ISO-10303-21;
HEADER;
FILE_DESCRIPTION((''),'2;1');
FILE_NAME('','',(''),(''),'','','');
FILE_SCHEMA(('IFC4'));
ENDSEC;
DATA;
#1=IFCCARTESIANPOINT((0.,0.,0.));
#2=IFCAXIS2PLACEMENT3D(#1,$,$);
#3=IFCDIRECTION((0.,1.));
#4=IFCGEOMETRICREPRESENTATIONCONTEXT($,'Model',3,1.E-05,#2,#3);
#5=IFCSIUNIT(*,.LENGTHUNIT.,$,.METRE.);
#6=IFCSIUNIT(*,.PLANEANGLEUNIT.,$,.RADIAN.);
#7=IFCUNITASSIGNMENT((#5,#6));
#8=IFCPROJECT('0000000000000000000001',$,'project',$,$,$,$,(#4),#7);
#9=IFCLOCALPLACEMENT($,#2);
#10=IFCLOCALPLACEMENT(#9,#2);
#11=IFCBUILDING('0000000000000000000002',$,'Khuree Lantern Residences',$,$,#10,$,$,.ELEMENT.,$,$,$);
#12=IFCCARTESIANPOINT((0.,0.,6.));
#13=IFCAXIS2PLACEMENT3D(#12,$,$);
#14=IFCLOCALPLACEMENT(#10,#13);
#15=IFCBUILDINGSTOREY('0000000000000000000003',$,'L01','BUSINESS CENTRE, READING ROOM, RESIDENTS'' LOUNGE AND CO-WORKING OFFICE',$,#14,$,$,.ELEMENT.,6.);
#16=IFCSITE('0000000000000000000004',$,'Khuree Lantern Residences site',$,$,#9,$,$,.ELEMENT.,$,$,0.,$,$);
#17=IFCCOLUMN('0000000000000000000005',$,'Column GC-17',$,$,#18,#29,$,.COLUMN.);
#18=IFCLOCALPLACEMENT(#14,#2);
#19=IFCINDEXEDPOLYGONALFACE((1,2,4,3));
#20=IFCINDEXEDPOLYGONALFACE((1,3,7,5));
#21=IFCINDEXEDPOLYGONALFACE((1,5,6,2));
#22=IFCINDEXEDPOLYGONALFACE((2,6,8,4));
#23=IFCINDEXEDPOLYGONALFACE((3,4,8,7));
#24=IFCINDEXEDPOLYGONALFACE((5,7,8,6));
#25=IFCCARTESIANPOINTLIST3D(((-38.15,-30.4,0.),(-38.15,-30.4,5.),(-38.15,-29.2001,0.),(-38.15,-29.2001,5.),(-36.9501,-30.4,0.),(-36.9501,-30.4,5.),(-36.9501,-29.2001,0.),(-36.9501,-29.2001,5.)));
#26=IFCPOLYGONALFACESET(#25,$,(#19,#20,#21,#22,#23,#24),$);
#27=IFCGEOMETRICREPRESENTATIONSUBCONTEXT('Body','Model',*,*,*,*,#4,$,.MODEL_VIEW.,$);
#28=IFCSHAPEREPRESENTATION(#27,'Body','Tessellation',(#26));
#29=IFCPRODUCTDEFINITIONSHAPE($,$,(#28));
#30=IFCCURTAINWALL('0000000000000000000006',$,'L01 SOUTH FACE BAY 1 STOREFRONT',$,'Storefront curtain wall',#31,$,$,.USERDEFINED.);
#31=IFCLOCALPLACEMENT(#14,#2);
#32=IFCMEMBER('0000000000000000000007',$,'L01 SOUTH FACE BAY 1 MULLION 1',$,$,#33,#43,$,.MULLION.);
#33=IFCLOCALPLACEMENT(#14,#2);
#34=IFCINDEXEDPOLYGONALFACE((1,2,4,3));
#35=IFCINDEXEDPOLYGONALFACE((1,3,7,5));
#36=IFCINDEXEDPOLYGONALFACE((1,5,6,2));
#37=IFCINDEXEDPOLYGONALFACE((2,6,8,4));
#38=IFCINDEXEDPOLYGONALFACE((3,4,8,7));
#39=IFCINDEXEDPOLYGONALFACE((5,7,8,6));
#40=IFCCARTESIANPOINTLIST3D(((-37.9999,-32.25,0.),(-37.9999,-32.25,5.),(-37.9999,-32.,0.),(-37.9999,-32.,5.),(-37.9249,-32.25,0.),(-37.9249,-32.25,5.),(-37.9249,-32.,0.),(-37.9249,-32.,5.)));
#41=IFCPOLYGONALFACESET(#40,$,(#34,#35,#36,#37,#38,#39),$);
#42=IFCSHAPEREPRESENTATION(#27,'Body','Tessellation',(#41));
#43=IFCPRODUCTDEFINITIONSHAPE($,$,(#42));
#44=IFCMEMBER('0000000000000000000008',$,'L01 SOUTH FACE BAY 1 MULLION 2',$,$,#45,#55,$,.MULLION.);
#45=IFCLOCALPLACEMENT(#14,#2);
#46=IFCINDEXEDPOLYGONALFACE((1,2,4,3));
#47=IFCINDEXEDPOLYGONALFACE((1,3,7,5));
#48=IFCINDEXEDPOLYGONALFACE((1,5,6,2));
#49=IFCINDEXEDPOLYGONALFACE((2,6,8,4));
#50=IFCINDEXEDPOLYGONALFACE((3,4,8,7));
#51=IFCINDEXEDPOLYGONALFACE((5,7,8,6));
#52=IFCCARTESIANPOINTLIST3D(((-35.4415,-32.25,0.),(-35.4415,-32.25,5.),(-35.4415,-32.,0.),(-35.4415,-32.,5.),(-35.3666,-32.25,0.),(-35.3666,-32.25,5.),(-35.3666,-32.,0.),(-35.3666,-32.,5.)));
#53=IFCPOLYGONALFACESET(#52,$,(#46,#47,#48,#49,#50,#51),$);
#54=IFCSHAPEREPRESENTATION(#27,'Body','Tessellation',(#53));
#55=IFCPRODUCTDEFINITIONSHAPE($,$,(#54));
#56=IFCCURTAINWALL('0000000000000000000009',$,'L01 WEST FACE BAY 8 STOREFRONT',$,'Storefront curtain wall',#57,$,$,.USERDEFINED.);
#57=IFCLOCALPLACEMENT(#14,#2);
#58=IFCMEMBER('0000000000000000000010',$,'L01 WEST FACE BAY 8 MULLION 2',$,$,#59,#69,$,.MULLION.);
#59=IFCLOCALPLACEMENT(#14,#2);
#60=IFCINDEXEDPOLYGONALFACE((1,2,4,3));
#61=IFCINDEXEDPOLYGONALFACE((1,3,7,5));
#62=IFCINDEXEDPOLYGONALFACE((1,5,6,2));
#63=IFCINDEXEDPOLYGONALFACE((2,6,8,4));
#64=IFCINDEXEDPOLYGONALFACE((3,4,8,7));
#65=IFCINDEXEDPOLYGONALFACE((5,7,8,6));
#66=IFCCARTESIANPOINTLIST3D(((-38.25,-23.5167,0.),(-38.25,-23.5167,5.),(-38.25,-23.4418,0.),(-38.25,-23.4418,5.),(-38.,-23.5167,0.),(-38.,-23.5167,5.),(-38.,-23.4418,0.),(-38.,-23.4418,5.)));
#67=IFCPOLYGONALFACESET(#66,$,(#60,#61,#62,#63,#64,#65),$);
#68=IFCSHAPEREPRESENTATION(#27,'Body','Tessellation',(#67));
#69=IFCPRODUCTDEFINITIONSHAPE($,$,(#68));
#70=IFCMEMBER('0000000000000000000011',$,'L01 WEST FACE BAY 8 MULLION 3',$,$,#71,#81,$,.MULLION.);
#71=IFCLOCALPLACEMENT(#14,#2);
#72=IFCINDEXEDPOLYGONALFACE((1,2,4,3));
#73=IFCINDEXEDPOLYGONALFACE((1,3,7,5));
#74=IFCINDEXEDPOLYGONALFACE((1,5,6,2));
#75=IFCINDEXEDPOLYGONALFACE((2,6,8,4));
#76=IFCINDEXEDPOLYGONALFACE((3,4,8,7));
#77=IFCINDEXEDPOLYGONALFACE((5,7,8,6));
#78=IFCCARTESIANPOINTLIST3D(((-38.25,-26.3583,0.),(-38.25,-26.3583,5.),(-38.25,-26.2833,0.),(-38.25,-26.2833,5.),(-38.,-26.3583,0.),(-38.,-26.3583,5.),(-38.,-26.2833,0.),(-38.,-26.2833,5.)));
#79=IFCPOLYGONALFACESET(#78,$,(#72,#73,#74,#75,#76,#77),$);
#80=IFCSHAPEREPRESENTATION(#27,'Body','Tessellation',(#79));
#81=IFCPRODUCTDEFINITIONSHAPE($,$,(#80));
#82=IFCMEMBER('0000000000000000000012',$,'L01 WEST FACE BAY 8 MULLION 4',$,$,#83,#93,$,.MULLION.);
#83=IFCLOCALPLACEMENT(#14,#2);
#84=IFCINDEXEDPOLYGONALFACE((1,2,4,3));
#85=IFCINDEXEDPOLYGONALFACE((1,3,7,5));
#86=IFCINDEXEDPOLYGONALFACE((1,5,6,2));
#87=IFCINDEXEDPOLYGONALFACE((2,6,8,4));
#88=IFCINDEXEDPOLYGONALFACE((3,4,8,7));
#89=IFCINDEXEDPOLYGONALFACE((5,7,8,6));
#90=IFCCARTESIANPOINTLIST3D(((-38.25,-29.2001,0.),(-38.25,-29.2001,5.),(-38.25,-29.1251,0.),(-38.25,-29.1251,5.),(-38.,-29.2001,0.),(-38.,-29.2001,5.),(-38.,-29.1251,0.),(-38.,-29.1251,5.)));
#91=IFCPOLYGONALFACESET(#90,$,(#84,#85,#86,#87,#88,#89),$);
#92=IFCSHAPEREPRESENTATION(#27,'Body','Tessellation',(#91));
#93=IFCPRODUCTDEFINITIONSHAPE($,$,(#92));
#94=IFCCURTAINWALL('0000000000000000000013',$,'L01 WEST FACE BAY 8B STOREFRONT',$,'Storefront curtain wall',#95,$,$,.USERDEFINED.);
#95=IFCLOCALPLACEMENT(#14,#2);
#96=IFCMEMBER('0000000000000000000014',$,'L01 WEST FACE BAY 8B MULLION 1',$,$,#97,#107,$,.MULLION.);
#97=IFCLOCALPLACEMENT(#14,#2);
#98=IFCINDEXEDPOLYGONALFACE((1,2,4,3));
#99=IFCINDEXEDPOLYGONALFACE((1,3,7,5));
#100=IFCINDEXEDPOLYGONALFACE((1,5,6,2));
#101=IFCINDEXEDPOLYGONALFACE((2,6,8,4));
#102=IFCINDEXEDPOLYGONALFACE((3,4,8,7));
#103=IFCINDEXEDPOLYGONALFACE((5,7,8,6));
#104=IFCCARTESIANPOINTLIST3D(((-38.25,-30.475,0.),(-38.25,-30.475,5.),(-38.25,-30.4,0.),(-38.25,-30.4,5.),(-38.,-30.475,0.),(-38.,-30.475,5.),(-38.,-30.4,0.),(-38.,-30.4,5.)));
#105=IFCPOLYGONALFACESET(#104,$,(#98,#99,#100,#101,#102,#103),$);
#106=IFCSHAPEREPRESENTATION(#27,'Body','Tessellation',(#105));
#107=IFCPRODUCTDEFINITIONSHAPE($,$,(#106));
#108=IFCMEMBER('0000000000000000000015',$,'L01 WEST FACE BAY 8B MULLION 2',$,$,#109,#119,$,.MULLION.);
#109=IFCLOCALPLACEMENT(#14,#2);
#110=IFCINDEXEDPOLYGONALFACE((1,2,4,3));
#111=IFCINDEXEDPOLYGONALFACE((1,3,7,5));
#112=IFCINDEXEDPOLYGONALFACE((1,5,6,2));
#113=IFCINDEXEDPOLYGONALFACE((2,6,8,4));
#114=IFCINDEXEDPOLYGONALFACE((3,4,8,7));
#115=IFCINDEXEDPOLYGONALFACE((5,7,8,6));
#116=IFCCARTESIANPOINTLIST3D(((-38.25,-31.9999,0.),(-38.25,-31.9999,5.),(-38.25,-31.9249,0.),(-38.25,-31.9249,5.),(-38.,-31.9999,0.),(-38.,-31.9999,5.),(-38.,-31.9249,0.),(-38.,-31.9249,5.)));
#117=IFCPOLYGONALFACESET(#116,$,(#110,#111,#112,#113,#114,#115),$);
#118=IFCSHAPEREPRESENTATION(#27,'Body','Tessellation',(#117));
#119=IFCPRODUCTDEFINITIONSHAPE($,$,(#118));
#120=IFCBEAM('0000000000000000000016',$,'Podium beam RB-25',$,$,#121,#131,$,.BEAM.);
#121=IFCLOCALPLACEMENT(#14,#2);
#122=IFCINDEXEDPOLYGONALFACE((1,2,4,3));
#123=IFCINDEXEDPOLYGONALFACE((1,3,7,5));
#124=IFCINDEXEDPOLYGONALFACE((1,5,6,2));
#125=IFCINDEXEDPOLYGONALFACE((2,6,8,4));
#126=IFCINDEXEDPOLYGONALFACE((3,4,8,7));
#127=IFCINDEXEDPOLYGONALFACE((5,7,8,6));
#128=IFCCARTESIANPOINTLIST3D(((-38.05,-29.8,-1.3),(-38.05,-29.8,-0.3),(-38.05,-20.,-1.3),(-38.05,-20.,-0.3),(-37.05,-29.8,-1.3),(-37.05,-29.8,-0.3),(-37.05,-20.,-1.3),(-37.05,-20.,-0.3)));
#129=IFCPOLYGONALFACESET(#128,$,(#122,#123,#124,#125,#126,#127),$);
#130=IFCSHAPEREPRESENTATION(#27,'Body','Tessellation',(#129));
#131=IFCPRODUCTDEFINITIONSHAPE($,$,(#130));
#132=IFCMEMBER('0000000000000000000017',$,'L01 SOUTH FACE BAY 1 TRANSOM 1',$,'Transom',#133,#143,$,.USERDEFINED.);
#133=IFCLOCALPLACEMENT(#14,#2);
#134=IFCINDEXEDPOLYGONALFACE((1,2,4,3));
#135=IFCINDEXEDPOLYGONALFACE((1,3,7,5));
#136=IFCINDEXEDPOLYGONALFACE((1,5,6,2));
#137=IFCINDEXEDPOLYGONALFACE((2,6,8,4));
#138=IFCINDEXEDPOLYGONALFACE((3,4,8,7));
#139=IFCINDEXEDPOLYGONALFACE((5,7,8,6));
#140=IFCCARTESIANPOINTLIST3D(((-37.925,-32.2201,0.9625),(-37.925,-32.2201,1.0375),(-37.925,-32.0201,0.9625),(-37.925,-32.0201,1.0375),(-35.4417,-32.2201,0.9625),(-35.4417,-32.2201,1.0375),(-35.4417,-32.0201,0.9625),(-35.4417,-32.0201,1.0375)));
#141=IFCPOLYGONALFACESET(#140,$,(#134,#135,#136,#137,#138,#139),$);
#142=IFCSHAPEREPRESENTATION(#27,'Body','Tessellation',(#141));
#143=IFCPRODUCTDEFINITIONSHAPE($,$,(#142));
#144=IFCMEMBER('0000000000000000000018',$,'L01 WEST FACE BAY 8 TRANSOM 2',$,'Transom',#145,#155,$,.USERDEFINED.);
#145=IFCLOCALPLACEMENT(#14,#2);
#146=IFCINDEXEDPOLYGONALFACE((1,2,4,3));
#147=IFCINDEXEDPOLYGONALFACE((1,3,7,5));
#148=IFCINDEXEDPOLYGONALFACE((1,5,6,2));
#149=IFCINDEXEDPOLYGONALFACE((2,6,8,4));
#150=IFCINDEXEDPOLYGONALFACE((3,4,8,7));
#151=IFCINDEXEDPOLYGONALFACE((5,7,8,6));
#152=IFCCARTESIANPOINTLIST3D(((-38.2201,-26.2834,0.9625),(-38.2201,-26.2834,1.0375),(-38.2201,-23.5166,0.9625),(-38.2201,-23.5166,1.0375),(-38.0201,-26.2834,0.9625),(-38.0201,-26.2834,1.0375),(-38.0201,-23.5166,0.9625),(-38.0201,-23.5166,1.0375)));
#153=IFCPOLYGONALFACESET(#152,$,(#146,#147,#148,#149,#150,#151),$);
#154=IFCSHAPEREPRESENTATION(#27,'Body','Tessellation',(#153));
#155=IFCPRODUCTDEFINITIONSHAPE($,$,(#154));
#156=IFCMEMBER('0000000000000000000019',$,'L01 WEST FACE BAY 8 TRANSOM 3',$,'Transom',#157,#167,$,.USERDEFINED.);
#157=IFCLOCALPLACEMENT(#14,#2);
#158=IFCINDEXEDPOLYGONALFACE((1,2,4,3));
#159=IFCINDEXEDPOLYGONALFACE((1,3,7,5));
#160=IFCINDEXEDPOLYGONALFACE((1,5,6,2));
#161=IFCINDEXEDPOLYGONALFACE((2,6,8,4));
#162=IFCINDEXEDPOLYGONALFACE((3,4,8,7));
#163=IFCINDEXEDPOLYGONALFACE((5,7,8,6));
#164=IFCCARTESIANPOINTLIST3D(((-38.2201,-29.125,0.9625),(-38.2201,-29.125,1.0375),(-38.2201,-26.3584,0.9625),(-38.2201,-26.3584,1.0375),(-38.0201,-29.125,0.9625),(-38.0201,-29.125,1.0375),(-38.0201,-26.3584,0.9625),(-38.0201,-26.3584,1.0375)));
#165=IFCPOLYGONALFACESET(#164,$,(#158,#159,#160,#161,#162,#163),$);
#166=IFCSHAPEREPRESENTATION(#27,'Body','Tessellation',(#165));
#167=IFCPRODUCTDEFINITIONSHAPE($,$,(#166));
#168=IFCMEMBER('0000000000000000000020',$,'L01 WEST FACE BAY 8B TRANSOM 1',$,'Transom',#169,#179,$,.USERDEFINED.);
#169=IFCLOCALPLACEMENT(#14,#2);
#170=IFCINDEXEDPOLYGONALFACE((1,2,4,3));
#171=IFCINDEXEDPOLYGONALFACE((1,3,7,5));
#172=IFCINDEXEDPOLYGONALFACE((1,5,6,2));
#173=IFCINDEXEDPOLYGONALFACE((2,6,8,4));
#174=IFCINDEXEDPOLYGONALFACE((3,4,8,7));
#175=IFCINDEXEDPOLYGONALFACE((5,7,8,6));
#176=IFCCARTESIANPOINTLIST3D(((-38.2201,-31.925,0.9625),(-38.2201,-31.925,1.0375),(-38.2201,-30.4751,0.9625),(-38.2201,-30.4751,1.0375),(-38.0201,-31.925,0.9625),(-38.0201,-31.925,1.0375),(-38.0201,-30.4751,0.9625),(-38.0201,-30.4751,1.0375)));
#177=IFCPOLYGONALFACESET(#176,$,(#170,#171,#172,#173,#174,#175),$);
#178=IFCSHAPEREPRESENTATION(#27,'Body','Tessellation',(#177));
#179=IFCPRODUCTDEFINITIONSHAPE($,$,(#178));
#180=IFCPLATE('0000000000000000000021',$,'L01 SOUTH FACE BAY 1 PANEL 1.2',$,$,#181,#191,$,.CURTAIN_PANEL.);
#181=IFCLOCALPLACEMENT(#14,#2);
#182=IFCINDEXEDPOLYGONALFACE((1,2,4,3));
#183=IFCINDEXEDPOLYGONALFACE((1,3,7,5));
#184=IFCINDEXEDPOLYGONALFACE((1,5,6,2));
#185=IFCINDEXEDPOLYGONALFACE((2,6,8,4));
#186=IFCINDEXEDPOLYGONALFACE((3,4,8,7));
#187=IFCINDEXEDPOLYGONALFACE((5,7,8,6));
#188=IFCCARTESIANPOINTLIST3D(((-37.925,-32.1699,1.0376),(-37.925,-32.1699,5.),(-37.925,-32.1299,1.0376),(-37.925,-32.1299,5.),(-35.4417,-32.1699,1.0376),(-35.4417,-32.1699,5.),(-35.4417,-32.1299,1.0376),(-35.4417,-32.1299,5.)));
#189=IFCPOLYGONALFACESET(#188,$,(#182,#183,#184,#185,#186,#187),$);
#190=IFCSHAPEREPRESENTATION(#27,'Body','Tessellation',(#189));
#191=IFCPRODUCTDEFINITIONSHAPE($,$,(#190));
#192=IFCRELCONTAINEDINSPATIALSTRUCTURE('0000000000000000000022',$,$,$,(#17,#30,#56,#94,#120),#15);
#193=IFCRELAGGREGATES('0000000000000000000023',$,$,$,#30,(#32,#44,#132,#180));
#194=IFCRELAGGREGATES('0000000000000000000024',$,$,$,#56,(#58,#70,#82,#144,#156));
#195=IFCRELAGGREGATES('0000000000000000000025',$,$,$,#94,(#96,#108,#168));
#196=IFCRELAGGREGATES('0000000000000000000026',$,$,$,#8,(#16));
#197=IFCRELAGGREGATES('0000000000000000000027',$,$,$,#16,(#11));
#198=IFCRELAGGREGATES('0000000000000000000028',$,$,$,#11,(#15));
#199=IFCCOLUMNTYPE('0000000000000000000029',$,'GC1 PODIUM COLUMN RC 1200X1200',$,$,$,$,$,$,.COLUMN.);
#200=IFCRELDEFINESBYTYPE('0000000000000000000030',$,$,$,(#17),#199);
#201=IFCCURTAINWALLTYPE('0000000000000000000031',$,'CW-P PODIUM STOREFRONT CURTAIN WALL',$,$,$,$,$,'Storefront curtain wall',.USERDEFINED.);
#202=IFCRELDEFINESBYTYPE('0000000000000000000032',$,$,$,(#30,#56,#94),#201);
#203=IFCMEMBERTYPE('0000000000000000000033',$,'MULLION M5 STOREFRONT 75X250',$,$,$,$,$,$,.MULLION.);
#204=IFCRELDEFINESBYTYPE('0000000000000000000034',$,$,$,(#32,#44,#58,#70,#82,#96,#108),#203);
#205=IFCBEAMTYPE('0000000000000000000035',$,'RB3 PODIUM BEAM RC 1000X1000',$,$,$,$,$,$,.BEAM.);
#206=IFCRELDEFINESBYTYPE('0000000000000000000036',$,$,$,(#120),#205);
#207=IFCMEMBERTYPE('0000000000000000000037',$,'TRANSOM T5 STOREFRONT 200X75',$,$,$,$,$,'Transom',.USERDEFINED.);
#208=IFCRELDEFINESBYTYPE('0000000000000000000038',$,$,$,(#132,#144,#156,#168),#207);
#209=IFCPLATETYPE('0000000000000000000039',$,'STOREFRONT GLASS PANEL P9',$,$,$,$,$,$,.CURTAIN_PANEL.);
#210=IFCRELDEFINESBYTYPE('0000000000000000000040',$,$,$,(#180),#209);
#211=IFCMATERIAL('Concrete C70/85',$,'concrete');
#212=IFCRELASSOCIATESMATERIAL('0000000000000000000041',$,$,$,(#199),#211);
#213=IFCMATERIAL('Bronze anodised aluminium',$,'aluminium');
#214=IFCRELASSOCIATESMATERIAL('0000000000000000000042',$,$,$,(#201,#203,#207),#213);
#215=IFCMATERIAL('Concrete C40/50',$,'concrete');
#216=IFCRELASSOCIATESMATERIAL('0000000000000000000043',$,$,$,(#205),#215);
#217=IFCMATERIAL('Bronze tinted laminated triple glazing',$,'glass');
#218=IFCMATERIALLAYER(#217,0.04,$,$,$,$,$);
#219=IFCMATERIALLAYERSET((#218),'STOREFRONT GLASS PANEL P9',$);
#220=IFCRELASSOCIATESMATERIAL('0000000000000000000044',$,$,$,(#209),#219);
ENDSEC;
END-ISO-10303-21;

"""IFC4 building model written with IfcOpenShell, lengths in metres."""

from ifc_helpers import new_model, si_unit, direction, frame, origin, origin_2d, place, context, subcontext, project, spatial, rectangle, extrude, material, layer, layer_set, material_profile, profile_set, type_object, element, aggregate, save


model = new_model("IFC4")

# Units and contexts
model_context = context("Model", 3, precision=1e-05, world=origin(), true_north=direction((0.0, 1.0)))
body_context = subcontext(model_context, "Body", "Model", "MODEL_VIEW")
ifc_project = project(units=[si_unit("LENGTHUNIT", "METRE"), si_unit("PLANEANGLEUNIT", "RADIAN")], contexts=[model_context])

# Site, building, storey
site_placement = place(None, origin())
site = spatial("IfcSite", under=ifc_project, at=site_placement, Name="Khuree Lantern Residences site", CompositionType="ELEMENT", RefElevation=0.0)
building_placement = place(site_placement, origin())
building = spatial("IfcBuilding", under=site, at=building_placement, Name="Khuree Lantern Residences", CompositionType="ELEMENT")
storey_placement = place(building_placement, frame((0.0, 0.0, 6.0)))
storey = spatial("IfcBuildingStorey", under=building, at=storey_placement, Name="L01", Description="BUSINESS CENTRE, READING ROOM, RESIDENTS' LOUNGE AND CO-WORKING OFFICE", CompositionType="ELEMENT", Elevation=6.0)

# Column
ifc_material_1 = material(Name="Concrete C70/85", Category="concrete")
ifc_material_profile_1 = material_profile(ifc_material_1, rectangle(XDim=1.2, YDim=1.2, at=origin_2d()), Name="RC 1200X1200")
ifc_profile_set_1 = profile_set([ifc_material_profile_1], Name="Concrete C70/85")
column_type = type_object("IfcColumnType", Name="GC1 PODIUM COLUMN RC 1200X1200", PredefinedType="COLUMN", material=ifc_profile_set_1)
column_placement = place(storey_placement, frame((-37.55, -29.8, 0.0), z_axis=(0.0, 0.0, 1.0), x_axis=(1.0, 0.0, 0.0)))
element("IfcColumn", 1, at=column_placement, inside=storey, type_object=column_type, Name="Column GC-17", PredefinedType="COLUMN", context=body_context, shape_type="SweptSolid", body=[
    extrude(rectangle(XDim=1.2, YDim=1.2, at=origin_2d()), origin(), (0.0, 0.0, 1.0), 5.0),
])

# Curtain walls, members
ifc_material_2 = material(Name="Bronze anodised aluminium", Category="aluminium")
curtain_wall_type = type_object("IfcCurtainWallType", Name="CW-P PODIUM STOREFRONT CURTAIN WALL", ElementType="Storefront curtain wall", PredefinedType="USERDEFINED", material=ifc_material_2)
curtain_wall_1_placement = place(storey_placement, origin())
curtain_wall_1 = element("IfcCurtainWall", 2, at=curtain_wall_1_placement, inside=storey, type_object=curtain_wall_type, Name="L01 SOUTH FACE BAY 1 STOREFRONT", ObjectType="Storefront curtain wall", PredefinedType="USERDEFINED")
ifc_material_profile_2 = material_profile(ifc_material_2, rectangle(XDim=0.075, YDim=0.25, at=origin_2d()), Name="M5 75X250")
ifc_profile_set_2 = profile_set([ifc_material_profile_2], Name="Bronze anodised aluminium")
member_type_1 = type_object("IfcMemberType", Name="MULLION M5 STOREFRONT 75X250", PredefinedType="MULLION", material=ifc_profile_set_2)
member_1_placement = place(storey_placement, frame((-37.9624, -32.125, 0.0), z_axis=(0.0, 0.0, 1.0), x_axis=(1.0, 0.0, 0.0)))
member_1 = element("IfcMember", 3, at=member_1_placement, type_object=member_type_1, Name="L01 SOUTH FACE BAY 1 MULLION 1", PredefinedType="MULLION", context=body_context, shape_type="SweptSolid", body=[
    extrude(rectangle(XDim=0.075, YDim=0.25, at=origin_2d()), origin(), (0.0, 0.0, 1.0), 5.0),
])
member_2_placement = place(storey_placement, frame((-35.4041, -32.125, 0.0), z_axis=(0.0, 0.0, 1.0), x_axis=(1.0, 0.0, 0.0)))
member_2 = element("IfcMember", 4, at=member_2_placement, type_object=member_type_1, Name="L01 SOUTH FACE BAY 1 MULLION 2", PredefinedType="MULLION", context=body_context, shape_type="SweptSolid", body=[
    extrude(rectangle(XDim=0.075, YDim=0.25, at=origin_2d()), origin(), (0.0, 0.0, 1.0), 5.0),
])
curtain_wall_2_placement = place(storey_placement, origin())
curtain_wall_2 = element("IfcCurtainWall", 5, at=curtain_wall_2_placement, inside=storey, type_object=curtain_wall_type, Name="L01 WEST FACE BAY 8 STOREFRONT", ObjectType="Storefront curtain wall", PredefinedType="USERDEFINED")
member_3_placement = place(storey_placement, frame((-38.125, -23.4792, 0.0), z_axis=(0.0, 0.0, 1.0), x_axis=(0.0, -1.0, 0.0)))
member_3 = element("IfcMember", 6, at=member_3_placement, type_object=member_type_1, Name="L01 WEST FACE BAY 8 MULLION 2", PredefinedType="MULLION", context=body_context, shape_type="SweptSolid", body=[
    extrude(rectangle(XDim=0.075, YDim=0.25, at=origin_2d()), origin(), (0.0, 0.0, 1.0), 5.0),
])
member_4_placement = place(storey_placement, frame((-38.125, -26.3208, 0.0), z_axis=(0.0, 0.0, 1.0), x_axis=(0.0, -1.0, 0.0)))
member_4 = element("IfcMember", 7, at=member_4_placement, type_object=member_type_1, Name="L01 WEST FACE BAY 8 MULLION 3", PredefinedType="MULLION", context=body_context, shape_type="SweptSolid", body=[
    extrude(rectangle(XDim=0.075, YDim=0.25, at=origin_2d()), origin(), (0.0, 0.0, 1.0), 5.0),
])
member_5_placement = place(storey_placement, frame((-38.125, -29.1626, 0.0), z_axis=(0.0, 0.0, 1.0), x_axis=(0.0, -1.0, 0.0)))
member_5 = element("IfcMember", 8, at=member_5_placement, type_object=member_type_1, Name="L01 WEST FACE BAY 8 MULLION 4", PredefinedType="MULLION", context=body_context, shape_type="SweptSolid", body=[
    extrude(rectangle(XDim=0.075, YDim=0.25, at=origin_2d()), origin(), (0.0, 0.0, 1.0), 5.0),
])
curtain_wall_3_placement = place(storey_placement, origin())
curtain_wall_3 = element("IfcCurtainWall", 9, at=curtain_wall_3_placement, inside=storey, type_object=curtain_wall_type, Name="L01 WEST FACE BAY 8B STOREFRONT", ObjectType="Storefront curtain wall", PredefinedType="USERDEFINED")
member_6_placement = place(storey_placement, frame((-38.125, -30.4375, 0.0), z_axis=(0.0, 0.0, 1.0), x_axis=(0.0, -1.0, 0.0)))
member_6 = element("IfcMember", 10, at=member_6_placement, type_object=member_type_1, Name="L01 WEST FACE BAY 8B MULLION 1", PredefinedType="MULLION", context=body_context, shape_type="SweptSolid", body=[
    extrude(rectangle(XDim=0.075, YDim=0.25, at=origin_2d()), origin(), (0.0, 0.0, 1.0), 5.0),
])
member_7_placement = place(storey_placement, frame((-38.125, -31.9624, 0.0), z_axis=(0.0, 0.0, 1.0), x_axis=(0.0, -1.0, 0.0)))
member_7 = element("IfcMember", 11, at=member_7_placement, type_object=member_type_1, Name="L01 WEST FACE BAY 8B MULLION 2", PredefinedType="MULLION", context=body_context, shape_type="SweptSolid", body=[
    extrude(rectangle(XDim=0.075, YDim=0.25, at=origin_2d()), origin(), (0.0, 0.0, 1.0), 5.0),
])

# Beam
ifc_material_3 = material(Name="Concrete C40/50", Category="concrete")
ifc_material_profile_3 = material_profile(ifc_material_3, rectangle(XDim=1.0, YDim=1.0, at=origin_2d()), Name="RC 1000X1000")
ifc_profile_set_3 = profile_set([ifc_material_profile_3], Name="Concrete C40/50")
beam_type = type_object("IfcBeamType", Name="RB3 PODIUM BEAM RC 1000X1000", PredefinedType="BEAM", material=ifc_profile_set_3)
beam_placement = place(storey_placement, frame((-37.55, -29.8, -0.8), z_axis=(0.0, 1.0, 0.0), x_axis=(-1.0, 0.0, 0.0)))
element("IfcBeam", 12, at=beam_placement, inside=storey, type_object=beam_type, Name="Podium beam RB-25", PredefinedType="BEAM", context=body_context, shape_type="SweptSolid", body=[
    extrude(rectangle(XDim=1.0, YDim=1.0, at=origin_2d()), origin(), (0.0, 0.0, 1.0), 9.8),
])

# Members
ifc_material_profile_4 = material_profile(ifc_material_2, rectangle(XDim=0.2, YDim=0.075, at=origin_2d()), Name="T5 200X75")
ifc_profile_set_4 = profile_set([ifc_material_profile_4], Name="Bronze anodised aluminium")
member_type_2 = type_object("IfcMemberType", Name="TRANSOM T5 STOREFRONT 200X75", ElementType="Transom", PredefinedType="USERDEFINED", material=ifc_profile_set_4)
member_8_placement = place(storey_placement, frame((-37.925, -32.1201, 1.0), z_axis=(1.0, 0.0, 0.0), x_axis=(0.0, 1.0, 0.0)))
member_8 = element("IfcMember", 13, at=member_8_placement, type_object=member_type_2, Name="L01 SOUTH FACE BAY 1 TRANSOM 1", ObjectType="Transom", PredefinedType="USERDEFINED", context=body_context, shape_type="SweptSolid", body=[
    extrude(rectangle(XDim=0.2, YDim=0.075, at=origin_2d()), origin(), (0.0, 0.0, 1.0), 2.4834),
])
member_9_placement = place(storey_placement, frame((-38.1201, -23.5166, 1.0), z_axis=(0.0, -1.0, 0.0), x_axis=(1.0, 0.0, 0.0)))
member_9 = element("IfcMember", 14, at=member_9_placement, type_object=member_type_2, Name="L01 WEST FACE BAY 8 TRANSOM 2", ObjectType="Transom", PredefinedType="USERDEFINED", context=body_context, shape_type="SweptSolid", body=[
    extrude(rectangle(XDim=0.2, YDim=0.075, at=origin_2d()), origin(), (0.0, 0.0, 1.0), 2.7668),
])
member_10_placement = place(storey_placement, frame((-38.1201, -26.3584, 1.0), z_axis=(0.0, -1.0, 0.0), x_axis=(1.0, 0.0, 0.0)))
member_10 = element("IfcMember", 15, at=member_10_placement, type_object=member_type_2, Name="L01 WEST FACE BAY 8 TRANSOM 3", ObjectType="Transom", PredefinedType="USERDEFINED", context=body_context, shape_type="SweptSolid", body=[
    extrude(rectangle(XDim=0.2, YDim=0.075, at=origin_2d()), origin(), (0.0, 0.0, 1.0), 2.7666),
])
member_11_placement = place(storey_placement, frame((-38.1201, -30.4751, 1.0), z_axis=(0.0, -1.0, 0.0), x_axis=(1.0, 0.0, 0.0)))
member_11 = element("IfcMember", 16, at=member_11_placement, type_object=member_type_2, Name="L01 WEST FACE BAY 8B TRANSOM 1", ObjectType="Transom", PredefinedType="USERDEFINED", context=body_context, shape_type="SweptSolid", body=[
    extrude(rectangle(XDim=0.2, YDim=0.075, at=origin_2d()), origin(), (0.0, 0.0, 1.0), 1.45),
])

# Plate
ifc_material_4 = material(Name="Bronze tinted laminated triple glazing", Category="glass")
ifc_layer_1 = layer(ifc_material_4, 0.04)
ifc_layer_set_1 = layer_set([ifc_layer_1], Name="STOREFRONT GLASS PANEL P9")
plate_type_1 = type_object("IfcPlateType", Name="STOREFRONT GLASS PANEL P9", PredefinedType="CURTAIN_PANEL", material=ifc_layer_set_1)
plate_1_placement = place(storey_placement, frame((-36.6833, -32.1499, 1.0376), z_axis=(0.0, 0.0, 1.0), x_axis=(1.0, 0.0, 0.0)))
plate_1 = element("IfcPlate", 17, at=plate_1_placement, type_object=plate_type_1, Name="L01 SOUTH FACE BAY 1 PANEL 1.2", PredefinedType="CURTAIN_PANEL", context=body_context, shape_type="SweptSolid", body=[
    extrude(rectangle(XDim=2.4834, YDim=0.04, at=origin_2d()), origin(), (0.0, 0.0, 1.0), 3.9624),
])
aggregate(curtain_wall_1, [member_1, member_2, member_8, plate_1])
aggregate(curtain_wall_2, [member_3, member_4, member_5, member_9, member_10])
aggregate(curtain_wall_3, [member_6, member_7, member_11])

save(model, "model.ifc")
